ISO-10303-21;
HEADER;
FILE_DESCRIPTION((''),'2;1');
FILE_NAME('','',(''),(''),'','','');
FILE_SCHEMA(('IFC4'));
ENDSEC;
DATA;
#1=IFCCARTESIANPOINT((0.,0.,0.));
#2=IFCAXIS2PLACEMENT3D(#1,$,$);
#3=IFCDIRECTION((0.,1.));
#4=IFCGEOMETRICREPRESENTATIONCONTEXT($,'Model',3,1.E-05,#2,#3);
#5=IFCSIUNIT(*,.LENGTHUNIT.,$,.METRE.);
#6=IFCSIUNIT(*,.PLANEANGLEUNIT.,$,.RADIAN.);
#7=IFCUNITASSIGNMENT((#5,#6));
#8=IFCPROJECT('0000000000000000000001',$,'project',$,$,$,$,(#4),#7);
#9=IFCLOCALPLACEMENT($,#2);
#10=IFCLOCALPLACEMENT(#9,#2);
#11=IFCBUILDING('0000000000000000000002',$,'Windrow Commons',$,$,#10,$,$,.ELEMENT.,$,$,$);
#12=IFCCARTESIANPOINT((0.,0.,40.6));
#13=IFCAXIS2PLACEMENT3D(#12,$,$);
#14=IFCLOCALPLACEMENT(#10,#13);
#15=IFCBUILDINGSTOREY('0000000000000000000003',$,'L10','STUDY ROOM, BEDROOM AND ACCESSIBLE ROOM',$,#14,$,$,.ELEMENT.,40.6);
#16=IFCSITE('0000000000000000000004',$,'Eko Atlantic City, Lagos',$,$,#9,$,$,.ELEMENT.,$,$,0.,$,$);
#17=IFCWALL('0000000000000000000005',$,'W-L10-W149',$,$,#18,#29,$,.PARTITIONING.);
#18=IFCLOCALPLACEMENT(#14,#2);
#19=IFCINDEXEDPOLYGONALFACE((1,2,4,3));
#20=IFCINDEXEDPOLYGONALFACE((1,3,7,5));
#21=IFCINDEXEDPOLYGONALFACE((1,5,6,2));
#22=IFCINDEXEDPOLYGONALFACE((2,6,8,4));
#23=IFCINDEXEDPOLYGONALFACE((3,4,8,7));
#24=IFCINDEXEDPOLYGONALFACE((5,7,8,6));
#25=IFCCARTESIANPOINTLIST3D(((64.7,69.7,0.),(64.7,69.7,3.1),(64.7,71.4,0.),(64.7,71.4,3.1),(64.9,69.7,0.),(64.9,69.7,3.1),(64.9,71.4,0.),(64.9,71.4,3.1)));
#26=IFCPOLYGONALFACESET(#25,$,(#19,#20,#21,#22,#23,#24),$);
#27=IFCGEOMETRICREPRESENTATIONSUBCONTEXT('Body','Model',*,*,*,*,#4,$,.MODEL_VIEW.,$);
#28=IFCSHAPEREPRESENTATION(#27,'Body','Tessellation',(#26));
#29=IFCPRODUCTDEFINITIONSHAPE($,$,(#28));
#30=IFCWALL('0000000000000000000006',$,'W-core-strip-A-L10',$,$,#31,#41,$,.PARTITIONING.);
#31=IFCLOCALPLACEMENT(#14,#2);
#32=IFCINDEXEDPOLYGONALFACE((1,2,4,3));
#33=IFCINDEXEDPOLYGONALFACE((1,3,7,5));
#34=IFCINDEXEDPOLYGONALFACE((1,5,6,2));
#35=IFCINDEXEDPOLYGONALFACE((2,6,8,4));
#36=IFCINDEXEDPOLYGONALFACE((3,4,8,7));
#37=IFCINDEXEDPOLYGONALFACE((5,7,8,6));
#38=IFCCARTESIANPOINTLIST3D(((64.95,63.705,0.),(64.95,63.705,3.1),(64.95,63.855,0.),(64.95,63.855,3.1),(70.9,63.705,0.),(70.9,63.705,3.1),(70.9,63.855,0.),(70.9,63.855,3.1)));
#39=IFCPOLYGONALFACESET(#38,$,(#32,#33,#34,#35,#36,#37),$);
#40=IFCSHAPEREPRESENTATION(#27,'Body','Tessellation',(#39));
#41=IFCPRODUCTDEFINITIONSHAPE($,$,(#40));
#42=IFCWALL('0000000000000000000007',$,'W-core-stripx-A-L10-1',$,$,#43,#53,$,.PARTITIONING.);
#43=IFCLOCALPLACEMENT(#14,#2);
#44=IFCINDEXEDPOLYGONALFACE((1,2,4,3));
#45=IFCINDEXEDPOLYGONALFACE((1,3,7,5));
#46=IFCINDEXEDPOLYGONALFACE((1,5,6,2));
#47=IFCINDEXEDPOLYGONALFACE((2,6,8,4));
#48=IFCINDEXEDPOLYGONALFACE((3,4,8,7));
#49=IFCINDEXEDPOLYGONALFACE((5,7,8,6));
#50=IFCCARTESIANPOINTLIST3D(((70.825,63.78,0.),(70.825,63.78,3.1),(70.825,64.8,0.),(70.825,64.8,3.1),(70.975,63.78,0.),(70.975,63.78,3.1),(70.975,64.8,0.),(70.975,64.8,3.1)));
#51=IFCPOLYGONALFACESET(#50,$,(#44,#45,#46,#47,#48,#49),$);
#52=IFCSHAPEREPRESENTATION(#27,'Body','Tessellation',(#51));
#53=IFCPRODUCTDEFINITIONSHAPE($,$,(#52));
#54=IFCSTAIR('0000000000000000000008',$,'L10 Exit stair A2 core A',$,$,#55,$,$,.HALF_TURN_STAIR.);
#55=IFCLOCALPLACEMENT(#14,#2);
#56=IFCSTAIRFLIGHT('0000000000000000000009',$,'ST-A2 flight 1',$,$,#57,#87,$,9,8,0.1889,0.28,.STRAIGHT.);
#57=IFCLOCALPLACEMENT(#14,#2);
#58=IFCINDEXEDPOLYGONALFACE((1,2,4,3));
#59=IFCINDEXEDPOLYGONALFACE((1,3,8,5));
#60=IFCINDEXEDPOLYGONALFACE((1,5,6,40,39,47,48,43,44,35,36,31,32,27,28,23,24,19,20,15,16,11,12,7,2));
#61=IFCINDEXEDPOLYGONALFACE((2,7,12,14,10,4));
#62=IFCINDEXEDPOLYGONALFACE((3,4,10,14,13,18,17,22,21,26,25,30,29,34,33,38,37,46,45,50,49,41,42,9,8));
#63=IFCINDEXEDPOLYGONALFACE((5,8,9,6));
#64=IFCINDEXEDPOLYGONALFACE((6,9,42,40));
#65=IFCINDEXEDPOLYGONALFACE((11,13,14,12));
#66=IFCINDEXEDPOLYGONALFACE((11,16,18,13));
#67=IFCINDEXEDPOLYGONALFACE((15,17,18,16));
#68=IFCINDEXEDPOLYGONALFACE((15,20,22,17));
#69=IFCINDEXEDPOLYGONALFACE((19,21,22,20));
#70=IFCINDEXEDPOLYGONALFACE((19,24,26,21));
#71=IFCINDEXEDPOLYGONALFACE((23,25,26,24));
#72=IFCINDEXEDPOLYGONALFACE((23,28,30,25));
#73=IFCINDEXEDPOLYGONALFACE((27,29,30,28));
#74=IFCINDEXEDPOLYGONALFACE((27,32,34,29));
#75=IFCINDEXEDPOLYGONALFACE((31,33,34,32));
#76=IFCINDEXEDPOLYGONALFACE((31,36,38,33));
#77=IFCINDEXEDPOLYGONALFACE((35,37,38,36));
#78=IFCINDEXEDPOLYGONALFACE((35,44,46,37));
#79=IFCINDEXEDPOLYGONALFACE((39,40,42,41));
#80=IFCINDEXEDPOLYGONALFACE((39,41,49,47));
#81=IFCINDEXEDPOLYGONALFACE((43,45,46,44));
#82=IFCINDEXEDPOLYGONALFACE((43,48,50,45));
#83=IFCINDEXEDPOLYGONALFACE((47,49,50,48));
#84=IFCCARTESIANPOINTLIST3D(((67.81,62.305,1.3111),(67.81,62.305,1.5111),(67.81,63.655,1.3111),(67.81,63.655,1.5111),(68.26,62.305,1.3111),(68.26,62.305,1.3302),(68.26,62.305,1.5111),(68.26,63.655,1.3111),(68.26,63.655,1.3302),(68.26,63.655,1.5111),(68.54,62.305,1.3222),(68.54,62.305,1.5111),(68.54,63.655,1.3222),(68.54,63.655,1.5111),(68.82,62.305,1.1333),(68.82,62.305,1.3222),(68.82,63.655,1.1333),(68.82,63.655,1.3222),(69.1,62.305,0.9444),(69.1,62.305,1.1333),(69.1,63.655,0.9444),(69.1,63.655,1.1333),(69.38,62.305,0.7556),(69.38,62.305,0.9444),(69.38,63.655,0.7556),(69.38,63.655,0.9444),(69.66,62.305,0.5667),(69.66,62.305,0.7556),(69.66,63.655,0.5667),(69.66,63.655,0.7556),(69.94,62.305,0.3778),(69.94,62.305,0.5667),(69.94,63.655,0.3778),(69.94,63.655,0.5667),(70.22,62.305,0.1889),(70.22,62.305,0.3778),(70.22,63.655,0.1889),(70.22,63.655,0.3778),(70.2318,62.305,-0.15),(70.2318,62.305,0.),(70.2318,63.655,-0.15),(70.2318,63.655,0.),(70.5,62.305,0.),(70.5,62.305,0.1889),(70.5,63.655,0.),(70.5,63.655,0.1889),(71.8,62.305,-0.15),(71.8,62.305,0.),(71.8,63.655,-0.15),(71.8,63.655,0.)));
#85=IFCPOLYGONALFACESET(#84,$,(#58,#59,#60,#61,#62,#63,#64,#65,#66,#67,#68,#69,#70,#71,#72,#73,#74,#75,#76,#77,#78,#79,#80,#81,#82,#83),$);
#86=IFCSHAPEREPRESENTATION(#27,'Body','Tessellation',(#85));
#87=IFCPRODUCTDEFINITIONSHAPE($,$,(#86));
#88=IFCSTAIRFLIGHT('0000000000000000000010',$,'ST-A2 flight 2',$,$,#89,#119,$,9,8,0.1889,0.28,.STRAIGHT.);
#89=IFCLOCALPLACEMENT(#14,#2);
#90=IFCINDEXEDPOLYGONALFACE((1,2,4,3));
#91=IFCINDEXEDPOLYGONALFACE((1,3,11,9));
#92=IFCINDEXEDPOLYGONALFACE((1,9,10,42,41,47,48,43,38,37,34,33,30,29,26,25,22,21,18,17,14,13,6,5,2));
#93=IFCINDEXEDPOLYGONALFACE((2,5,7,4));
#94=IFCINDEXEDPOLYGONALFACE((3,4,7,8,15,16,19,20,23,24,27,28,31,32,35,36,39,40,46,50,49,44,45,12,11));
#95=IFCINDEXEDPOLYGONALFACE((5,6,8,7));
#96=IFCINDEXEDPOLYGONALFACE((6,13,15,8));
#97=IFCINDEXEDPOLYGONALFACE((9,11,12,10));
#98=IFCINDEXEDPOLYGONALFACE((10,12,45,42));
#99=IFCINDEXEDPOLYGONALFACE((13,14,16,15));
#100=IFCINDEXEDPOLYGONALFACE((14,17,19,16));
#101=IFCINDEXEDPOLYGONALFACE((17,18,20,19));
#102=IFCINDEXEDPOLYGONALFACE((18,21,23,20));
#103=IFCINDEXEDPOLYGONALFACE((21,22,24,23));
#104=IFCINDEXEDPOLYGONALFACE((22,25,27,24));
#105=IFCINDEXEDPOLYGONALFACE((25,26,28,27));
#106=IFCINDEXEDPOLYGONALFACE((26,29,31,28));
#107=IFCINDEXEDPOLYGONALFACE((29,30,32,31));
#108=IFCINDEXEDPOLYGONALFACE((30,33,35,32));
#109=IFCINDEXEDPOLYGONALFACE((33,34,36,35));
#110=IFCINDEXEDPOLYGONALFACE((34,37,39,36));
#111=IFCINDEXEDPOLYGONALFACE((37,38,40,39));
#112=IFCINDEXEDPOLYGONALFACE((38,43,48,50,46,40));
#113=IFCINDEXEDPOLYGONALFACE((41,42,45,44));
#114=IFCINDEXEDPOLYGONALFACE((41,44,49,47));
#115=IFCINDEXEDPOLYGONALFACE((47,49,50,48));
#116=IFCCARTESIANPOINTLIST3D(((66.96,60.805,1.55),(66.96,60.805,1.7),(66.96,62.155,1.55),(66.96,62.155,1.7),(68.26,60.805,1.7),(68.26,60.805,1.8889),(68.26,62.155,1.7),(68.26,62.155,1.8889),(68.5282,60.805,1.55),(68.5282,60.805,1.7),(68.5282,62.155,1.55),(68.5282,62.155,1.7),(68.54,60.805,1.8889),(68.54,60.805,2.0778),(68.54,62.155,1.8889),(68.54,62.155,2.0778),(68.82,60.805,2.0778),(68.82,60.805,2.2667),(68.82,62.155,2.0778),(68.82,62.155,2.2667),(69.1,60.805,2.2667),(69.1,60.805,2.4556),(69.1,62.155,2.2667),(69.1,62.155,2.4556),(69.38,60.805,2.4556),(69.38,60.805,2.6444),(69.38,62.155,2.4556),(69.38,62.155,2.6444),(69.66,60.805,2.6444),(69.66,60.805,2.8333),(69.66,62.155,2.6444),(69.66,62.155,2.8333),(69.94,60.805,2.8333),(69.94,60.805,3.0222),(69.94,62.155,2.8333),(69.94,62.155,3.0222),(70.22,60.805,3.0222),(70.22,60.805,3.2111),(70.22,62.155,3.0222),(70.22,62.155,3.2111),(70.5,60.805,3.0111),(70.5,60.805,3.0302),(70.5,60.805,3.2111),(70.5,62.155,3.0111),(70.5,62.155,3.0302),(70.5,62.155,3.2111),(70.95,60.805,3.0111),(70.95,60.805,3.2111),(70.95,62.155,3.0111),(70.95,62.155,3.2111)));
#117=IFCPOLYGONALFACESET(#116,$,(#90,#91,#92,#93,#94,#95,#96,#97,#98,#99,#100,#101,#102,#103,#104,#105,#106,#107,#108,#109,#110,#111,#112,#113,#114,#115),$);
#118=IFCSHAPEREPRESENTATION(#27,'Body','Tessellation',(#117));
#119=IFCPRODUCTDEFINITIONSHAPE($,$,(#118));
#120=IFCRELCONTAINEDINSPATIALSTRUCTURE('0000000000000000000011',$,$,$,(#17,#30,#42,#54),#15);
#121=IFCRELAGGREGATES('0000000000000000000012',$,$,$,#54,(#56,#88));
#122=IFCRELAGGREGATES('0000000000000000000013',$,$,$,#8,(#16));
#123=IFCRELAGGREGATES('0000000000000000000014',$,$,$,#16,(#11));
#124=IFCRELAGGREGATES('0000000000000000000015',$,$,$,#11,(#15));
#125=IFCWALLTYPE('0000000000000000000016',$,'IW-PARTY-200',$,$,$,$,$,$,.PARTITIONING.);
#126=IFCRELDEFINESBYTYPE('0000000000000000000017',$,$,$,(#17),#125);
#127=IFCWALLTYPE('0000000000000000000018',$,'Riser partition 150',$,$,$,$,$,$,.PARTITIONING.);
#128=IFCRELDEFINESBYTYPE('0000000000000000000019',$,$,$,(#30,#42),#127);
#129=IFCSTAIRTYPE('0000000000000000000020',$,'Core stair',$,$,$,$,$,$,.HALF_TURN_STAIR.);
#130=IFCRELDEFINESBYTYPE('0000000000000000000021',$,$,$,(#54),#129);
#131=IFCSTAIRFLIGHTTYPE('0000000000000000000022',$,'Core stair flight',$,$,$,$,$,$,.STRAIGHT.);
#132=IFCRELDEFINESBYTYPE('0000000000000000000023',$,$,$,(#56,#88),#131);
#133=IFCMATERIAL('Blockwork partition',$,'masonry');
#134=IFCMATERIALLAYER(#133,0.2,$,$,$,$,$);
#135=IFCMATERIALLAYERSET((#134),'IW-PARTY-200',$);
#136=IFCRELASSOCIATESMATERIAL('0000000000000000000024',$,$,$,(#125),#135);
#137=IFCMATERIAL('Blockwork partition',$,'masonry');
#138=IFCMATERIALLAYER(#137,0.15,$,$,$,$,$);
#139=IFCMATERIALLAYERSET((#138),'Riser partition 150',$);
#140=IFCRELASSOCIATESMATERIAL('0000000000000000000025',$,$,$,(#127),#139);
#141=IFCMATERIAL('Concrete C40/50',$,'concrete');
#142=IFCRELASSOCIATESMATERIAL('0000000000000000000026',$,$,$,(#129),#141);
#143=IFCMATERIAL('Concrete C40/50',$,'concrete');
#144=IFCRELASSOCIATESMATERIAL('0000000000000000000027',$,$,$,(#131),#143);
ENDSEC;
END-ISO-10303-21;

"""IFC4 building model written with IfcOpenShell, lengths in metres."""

from ifc_helpers import new_model, si_unit, direction, frame, frame_2d, origin, place, context, subcontext, project, spatial, polyline, rectangle, outline, extrude, material, layer, layer_set, type_object, element, aggregate, save


model = new_model("IFC4")

# Units and contexts
model_context = context("Model", 3, precision=1e-05, world=origin(), true_north=direction((0.0, 1.0)))
body_context = subcontext(model_context, "Body", "Model", "MODEL_VIEW")
ifc_project = project(units=[si_unit("LENGTHUNIT", "METRE"), si_unit("PLANEANGLEUNIT", "RADIAN")], contexts=[model_context])

# Site, building, storey
site_placement = place(None, origin())
site = spatial("IfcSite", under=ifc_project, at=site_placement, Name="Eko Atlantic City, Lagos", CompositionType="ELEMENT", RefElevation=0.0)
building_placement = place(site_placement, origin())
building = spatial("IfcBuilding", under=site, at=building_placement, Name="Windrow Commons", CompositionType="ELEMENT")
storey_placement = place(building_placement, frame((0.0, 0.0, 40.6)))
storey = spatial("IfcBuildingStorey", under=building, at=storey_placement, Name="L10", Description="STUDY ROOM, BEDROOM AND ACCESSIBLE ROOM", CompositionType="ELEMENT", Elevation=40.6)

# Walls
ifc_material_1 = material(Name="Blockwork partition", Category="masonry")
ifc_layer_1 = layer(ifc_material_1, 0.2)
ifc_layer_set_1 = layer_set([ifc_layer_1], Name="IW-PARTY-200")
wall_type_1 = type_object("IfcWallType", Name="IW-PARTY-200", PredefinedType="PARTITIONING", material=ifc_layer_set_1)
wall_1_placement = place(storey_placement, frame((64.8, 69.7, 0.0), z_axis=(0.0, 0.0, 1.0), x_axis=(0.0, 1.0, 0.0)))
element("IfcWall", 1, at=wall_1_placement, inside=storey, type_object=wall_type_1, Name="W-L10-W149", PredefinedType="PARTITIONING", context=body_context, shape_type="SweptSolid", body=[
    extrude(rectangle(XDim=1.7, YDim=0.2, at=frame_2d((0.85, 0.0))), origin(), (0.0, 0.0, 1.0), 3.1),
])
ifc_material_2 = material(Name="Blockwork partition", Category="masonry")
ifc_layer_2 = layer(ifc_material_2, 0.15)
ifc_layer_set_2 = layer_set([ifc_layer_2], Name="Riser partition 150")
wall_type_2 = type_object("IfcWallType", Name="Riser partition 150", PredefinedType="PARTITIONING", material=ifc_layer_set_2)
wall_2_placement = place(storey_placement, frame((64.95, 63.78, 0.0), z_axis=(0.0, 0.0, 1.0), x_axis=(1.0, 0.0, 0.0)))
element("IfcWall", 2, at=wall_2_placement, inside=storey, type_object=wall_type_2, Name="W-core-strip-A-L10", PredefinedType="PARTITIONING", context=body_context, shape_type="SweptSolid", body=[
    extrude(rectangle(XDim=5.95, YDim=0.15, at=frame_2d((2.975, 0.0))), origin(), (0.0, 0.0, 1.0), 3.1),
])
wall_3_placement = place(storey_placement, frame((70.9, 63.78, 0.0), z_axis=(0.0, 0.0, 1.0), x_axis=(0.0, 1.0, 0.0)))
element("IfcWall", 3, at=wall_3_placement, inside=storey, type_object=wall_type_2, Name="W-core-stripx-A-L10-1", PredefinedType="PARTITIONING", context=body_context, shape_type="SweptSolid", body=[
    extrude(rectangle(XDim=1.02, YDim=0.15, at=frame_2d((0.51, 0.0))), origin(), (0.0, 0.0, 1.0), 3.1),
])

# Stair, stair flights
ifc_material_3 = material(Name="Concrete C40/50", Category="concrete")
stair_type = type_object("IfcStairType", Name="Core stair", PredefinedType="HALF_TURN_STAIR", material=ifc_material_3)
stair_placement = place(storey_placement, origin())
stair = element("IfcStair", 4, at=stair_placement, inside=storey, type_object=stair_type, Name="L10 Exit stair A2 core A", PredefinedType="HALF_TURN_STAIR")
ifc_material_4 = material(Name="Concrete C40/50", Category="concrete")
stair_flight_type = type_object("IfcStairFlightType", Name="Core stair flight", PredefinedType="STRAIGHT", material=ifc_material_4)
stair_flight_1_placement = place(storey_placement, frame((70.5, 62.98, 0.0), z_axis=(0.0, 0.0, 1.0), x_axis=(-1.0, 0.0, 0.0)))
stair_flight_1 = element("IfcStairFlight", 5, at=stair_flight_1_placement, type_object=stair_flight_type, Name="ST-A2 flight 1", NumberOfRisers=9, NumberOfTreads=8, PredefinedType="STRAIGHT", RiserHeight=0.1889, TreadLength=0.28, context=body_context, shape_type="SweptSolid", body=[
    extrude(outline(polyline([(-1.3, -0.15), (-1.3, 0.0), (0.0, 0.0), (0.0, 0.1889), (0.28, 0.1889), (0.28, 0.3778), (0.56, 0.3778), (0.56, 0.5667), (0.84, 0.5667), (0.84, 0.7556), (1.12, 0.7556), (1.12, 0.9444), (1.4, 0.9444), (1.4, 1.1333), (1.68, 1.1333), (1.68, 1.3222), (1.96, 1.3222), (1.96, 1.5111), (2.24, 1.5111), (2.69, 1.5111), (2.69, 1.3111), (2.24, 1.3111), (2.24, 1.3302), (0.2682, 0.0), (0.2682, -0.15), (-1.3, -0.15)])), frame((0.0, 0.675, 0.0), z_axis=(0.0, -1.0, 0.0), x_axis=(1.0, 0.0, 0.0)), (0.0, 0.0, 1.0), 1.35),
])
stair_flight_2_placement = place(storey_placement, frame((68.26, 61.48, 1.7), z_axis=(0.0, 0.0, 1.0), x_axis=(1.0, 0.0, 0.0)))
stair_flight_2 = element("IfcStairFlight", 6, at=stair_flight_2_placement, type_object=stair_flight_type, Name="ST-A2 flight 2", NumberOfRisers=9, NumberOfTreads=8, PredefinedType="STRAIGHT", RiserHeight=0.1889, TreadLength=0.28, context=body_context, shape_type="SweptSolid", body=[
    extrude(outline(polyline([(-1.3, -0.15), (-1.3, 0.0), (0.0, 0.0), (0.0, 0.1889), (0.28, 0.1889), (0.28, 0.3778), (0.56, 0.3778), (0.56, 0.5667), (0.84, 0.5667), (0.84, 0.7556), (1.12, 0.7556), (1.12, 0.9444), (1.4, 0.9444), (1.4, 1.1333), (1.68, 1.1333), (1.68, 1.3222), (1.96, 1.3222), (1.96, 1.5111), (2.24, 1.5111), (2.69, 1.5111), (2.69, 1.3111), (2.24, 1.3111), (2.24, 1.3302), (0.2682, 0.0), (0.2682, -0.15), (-1.3, -0.15)])), frame((0.0, 0.675, 0.0), z_axis=(0.0, -1.0, 0.0), x_axis=(1.0, 0.0, 0.0)), (0.0, 0.0, 1.0), 1.35),
])
aggregate(stair, [stair_flight_1, stair_flight_2])

save(model, "model.ifc")
